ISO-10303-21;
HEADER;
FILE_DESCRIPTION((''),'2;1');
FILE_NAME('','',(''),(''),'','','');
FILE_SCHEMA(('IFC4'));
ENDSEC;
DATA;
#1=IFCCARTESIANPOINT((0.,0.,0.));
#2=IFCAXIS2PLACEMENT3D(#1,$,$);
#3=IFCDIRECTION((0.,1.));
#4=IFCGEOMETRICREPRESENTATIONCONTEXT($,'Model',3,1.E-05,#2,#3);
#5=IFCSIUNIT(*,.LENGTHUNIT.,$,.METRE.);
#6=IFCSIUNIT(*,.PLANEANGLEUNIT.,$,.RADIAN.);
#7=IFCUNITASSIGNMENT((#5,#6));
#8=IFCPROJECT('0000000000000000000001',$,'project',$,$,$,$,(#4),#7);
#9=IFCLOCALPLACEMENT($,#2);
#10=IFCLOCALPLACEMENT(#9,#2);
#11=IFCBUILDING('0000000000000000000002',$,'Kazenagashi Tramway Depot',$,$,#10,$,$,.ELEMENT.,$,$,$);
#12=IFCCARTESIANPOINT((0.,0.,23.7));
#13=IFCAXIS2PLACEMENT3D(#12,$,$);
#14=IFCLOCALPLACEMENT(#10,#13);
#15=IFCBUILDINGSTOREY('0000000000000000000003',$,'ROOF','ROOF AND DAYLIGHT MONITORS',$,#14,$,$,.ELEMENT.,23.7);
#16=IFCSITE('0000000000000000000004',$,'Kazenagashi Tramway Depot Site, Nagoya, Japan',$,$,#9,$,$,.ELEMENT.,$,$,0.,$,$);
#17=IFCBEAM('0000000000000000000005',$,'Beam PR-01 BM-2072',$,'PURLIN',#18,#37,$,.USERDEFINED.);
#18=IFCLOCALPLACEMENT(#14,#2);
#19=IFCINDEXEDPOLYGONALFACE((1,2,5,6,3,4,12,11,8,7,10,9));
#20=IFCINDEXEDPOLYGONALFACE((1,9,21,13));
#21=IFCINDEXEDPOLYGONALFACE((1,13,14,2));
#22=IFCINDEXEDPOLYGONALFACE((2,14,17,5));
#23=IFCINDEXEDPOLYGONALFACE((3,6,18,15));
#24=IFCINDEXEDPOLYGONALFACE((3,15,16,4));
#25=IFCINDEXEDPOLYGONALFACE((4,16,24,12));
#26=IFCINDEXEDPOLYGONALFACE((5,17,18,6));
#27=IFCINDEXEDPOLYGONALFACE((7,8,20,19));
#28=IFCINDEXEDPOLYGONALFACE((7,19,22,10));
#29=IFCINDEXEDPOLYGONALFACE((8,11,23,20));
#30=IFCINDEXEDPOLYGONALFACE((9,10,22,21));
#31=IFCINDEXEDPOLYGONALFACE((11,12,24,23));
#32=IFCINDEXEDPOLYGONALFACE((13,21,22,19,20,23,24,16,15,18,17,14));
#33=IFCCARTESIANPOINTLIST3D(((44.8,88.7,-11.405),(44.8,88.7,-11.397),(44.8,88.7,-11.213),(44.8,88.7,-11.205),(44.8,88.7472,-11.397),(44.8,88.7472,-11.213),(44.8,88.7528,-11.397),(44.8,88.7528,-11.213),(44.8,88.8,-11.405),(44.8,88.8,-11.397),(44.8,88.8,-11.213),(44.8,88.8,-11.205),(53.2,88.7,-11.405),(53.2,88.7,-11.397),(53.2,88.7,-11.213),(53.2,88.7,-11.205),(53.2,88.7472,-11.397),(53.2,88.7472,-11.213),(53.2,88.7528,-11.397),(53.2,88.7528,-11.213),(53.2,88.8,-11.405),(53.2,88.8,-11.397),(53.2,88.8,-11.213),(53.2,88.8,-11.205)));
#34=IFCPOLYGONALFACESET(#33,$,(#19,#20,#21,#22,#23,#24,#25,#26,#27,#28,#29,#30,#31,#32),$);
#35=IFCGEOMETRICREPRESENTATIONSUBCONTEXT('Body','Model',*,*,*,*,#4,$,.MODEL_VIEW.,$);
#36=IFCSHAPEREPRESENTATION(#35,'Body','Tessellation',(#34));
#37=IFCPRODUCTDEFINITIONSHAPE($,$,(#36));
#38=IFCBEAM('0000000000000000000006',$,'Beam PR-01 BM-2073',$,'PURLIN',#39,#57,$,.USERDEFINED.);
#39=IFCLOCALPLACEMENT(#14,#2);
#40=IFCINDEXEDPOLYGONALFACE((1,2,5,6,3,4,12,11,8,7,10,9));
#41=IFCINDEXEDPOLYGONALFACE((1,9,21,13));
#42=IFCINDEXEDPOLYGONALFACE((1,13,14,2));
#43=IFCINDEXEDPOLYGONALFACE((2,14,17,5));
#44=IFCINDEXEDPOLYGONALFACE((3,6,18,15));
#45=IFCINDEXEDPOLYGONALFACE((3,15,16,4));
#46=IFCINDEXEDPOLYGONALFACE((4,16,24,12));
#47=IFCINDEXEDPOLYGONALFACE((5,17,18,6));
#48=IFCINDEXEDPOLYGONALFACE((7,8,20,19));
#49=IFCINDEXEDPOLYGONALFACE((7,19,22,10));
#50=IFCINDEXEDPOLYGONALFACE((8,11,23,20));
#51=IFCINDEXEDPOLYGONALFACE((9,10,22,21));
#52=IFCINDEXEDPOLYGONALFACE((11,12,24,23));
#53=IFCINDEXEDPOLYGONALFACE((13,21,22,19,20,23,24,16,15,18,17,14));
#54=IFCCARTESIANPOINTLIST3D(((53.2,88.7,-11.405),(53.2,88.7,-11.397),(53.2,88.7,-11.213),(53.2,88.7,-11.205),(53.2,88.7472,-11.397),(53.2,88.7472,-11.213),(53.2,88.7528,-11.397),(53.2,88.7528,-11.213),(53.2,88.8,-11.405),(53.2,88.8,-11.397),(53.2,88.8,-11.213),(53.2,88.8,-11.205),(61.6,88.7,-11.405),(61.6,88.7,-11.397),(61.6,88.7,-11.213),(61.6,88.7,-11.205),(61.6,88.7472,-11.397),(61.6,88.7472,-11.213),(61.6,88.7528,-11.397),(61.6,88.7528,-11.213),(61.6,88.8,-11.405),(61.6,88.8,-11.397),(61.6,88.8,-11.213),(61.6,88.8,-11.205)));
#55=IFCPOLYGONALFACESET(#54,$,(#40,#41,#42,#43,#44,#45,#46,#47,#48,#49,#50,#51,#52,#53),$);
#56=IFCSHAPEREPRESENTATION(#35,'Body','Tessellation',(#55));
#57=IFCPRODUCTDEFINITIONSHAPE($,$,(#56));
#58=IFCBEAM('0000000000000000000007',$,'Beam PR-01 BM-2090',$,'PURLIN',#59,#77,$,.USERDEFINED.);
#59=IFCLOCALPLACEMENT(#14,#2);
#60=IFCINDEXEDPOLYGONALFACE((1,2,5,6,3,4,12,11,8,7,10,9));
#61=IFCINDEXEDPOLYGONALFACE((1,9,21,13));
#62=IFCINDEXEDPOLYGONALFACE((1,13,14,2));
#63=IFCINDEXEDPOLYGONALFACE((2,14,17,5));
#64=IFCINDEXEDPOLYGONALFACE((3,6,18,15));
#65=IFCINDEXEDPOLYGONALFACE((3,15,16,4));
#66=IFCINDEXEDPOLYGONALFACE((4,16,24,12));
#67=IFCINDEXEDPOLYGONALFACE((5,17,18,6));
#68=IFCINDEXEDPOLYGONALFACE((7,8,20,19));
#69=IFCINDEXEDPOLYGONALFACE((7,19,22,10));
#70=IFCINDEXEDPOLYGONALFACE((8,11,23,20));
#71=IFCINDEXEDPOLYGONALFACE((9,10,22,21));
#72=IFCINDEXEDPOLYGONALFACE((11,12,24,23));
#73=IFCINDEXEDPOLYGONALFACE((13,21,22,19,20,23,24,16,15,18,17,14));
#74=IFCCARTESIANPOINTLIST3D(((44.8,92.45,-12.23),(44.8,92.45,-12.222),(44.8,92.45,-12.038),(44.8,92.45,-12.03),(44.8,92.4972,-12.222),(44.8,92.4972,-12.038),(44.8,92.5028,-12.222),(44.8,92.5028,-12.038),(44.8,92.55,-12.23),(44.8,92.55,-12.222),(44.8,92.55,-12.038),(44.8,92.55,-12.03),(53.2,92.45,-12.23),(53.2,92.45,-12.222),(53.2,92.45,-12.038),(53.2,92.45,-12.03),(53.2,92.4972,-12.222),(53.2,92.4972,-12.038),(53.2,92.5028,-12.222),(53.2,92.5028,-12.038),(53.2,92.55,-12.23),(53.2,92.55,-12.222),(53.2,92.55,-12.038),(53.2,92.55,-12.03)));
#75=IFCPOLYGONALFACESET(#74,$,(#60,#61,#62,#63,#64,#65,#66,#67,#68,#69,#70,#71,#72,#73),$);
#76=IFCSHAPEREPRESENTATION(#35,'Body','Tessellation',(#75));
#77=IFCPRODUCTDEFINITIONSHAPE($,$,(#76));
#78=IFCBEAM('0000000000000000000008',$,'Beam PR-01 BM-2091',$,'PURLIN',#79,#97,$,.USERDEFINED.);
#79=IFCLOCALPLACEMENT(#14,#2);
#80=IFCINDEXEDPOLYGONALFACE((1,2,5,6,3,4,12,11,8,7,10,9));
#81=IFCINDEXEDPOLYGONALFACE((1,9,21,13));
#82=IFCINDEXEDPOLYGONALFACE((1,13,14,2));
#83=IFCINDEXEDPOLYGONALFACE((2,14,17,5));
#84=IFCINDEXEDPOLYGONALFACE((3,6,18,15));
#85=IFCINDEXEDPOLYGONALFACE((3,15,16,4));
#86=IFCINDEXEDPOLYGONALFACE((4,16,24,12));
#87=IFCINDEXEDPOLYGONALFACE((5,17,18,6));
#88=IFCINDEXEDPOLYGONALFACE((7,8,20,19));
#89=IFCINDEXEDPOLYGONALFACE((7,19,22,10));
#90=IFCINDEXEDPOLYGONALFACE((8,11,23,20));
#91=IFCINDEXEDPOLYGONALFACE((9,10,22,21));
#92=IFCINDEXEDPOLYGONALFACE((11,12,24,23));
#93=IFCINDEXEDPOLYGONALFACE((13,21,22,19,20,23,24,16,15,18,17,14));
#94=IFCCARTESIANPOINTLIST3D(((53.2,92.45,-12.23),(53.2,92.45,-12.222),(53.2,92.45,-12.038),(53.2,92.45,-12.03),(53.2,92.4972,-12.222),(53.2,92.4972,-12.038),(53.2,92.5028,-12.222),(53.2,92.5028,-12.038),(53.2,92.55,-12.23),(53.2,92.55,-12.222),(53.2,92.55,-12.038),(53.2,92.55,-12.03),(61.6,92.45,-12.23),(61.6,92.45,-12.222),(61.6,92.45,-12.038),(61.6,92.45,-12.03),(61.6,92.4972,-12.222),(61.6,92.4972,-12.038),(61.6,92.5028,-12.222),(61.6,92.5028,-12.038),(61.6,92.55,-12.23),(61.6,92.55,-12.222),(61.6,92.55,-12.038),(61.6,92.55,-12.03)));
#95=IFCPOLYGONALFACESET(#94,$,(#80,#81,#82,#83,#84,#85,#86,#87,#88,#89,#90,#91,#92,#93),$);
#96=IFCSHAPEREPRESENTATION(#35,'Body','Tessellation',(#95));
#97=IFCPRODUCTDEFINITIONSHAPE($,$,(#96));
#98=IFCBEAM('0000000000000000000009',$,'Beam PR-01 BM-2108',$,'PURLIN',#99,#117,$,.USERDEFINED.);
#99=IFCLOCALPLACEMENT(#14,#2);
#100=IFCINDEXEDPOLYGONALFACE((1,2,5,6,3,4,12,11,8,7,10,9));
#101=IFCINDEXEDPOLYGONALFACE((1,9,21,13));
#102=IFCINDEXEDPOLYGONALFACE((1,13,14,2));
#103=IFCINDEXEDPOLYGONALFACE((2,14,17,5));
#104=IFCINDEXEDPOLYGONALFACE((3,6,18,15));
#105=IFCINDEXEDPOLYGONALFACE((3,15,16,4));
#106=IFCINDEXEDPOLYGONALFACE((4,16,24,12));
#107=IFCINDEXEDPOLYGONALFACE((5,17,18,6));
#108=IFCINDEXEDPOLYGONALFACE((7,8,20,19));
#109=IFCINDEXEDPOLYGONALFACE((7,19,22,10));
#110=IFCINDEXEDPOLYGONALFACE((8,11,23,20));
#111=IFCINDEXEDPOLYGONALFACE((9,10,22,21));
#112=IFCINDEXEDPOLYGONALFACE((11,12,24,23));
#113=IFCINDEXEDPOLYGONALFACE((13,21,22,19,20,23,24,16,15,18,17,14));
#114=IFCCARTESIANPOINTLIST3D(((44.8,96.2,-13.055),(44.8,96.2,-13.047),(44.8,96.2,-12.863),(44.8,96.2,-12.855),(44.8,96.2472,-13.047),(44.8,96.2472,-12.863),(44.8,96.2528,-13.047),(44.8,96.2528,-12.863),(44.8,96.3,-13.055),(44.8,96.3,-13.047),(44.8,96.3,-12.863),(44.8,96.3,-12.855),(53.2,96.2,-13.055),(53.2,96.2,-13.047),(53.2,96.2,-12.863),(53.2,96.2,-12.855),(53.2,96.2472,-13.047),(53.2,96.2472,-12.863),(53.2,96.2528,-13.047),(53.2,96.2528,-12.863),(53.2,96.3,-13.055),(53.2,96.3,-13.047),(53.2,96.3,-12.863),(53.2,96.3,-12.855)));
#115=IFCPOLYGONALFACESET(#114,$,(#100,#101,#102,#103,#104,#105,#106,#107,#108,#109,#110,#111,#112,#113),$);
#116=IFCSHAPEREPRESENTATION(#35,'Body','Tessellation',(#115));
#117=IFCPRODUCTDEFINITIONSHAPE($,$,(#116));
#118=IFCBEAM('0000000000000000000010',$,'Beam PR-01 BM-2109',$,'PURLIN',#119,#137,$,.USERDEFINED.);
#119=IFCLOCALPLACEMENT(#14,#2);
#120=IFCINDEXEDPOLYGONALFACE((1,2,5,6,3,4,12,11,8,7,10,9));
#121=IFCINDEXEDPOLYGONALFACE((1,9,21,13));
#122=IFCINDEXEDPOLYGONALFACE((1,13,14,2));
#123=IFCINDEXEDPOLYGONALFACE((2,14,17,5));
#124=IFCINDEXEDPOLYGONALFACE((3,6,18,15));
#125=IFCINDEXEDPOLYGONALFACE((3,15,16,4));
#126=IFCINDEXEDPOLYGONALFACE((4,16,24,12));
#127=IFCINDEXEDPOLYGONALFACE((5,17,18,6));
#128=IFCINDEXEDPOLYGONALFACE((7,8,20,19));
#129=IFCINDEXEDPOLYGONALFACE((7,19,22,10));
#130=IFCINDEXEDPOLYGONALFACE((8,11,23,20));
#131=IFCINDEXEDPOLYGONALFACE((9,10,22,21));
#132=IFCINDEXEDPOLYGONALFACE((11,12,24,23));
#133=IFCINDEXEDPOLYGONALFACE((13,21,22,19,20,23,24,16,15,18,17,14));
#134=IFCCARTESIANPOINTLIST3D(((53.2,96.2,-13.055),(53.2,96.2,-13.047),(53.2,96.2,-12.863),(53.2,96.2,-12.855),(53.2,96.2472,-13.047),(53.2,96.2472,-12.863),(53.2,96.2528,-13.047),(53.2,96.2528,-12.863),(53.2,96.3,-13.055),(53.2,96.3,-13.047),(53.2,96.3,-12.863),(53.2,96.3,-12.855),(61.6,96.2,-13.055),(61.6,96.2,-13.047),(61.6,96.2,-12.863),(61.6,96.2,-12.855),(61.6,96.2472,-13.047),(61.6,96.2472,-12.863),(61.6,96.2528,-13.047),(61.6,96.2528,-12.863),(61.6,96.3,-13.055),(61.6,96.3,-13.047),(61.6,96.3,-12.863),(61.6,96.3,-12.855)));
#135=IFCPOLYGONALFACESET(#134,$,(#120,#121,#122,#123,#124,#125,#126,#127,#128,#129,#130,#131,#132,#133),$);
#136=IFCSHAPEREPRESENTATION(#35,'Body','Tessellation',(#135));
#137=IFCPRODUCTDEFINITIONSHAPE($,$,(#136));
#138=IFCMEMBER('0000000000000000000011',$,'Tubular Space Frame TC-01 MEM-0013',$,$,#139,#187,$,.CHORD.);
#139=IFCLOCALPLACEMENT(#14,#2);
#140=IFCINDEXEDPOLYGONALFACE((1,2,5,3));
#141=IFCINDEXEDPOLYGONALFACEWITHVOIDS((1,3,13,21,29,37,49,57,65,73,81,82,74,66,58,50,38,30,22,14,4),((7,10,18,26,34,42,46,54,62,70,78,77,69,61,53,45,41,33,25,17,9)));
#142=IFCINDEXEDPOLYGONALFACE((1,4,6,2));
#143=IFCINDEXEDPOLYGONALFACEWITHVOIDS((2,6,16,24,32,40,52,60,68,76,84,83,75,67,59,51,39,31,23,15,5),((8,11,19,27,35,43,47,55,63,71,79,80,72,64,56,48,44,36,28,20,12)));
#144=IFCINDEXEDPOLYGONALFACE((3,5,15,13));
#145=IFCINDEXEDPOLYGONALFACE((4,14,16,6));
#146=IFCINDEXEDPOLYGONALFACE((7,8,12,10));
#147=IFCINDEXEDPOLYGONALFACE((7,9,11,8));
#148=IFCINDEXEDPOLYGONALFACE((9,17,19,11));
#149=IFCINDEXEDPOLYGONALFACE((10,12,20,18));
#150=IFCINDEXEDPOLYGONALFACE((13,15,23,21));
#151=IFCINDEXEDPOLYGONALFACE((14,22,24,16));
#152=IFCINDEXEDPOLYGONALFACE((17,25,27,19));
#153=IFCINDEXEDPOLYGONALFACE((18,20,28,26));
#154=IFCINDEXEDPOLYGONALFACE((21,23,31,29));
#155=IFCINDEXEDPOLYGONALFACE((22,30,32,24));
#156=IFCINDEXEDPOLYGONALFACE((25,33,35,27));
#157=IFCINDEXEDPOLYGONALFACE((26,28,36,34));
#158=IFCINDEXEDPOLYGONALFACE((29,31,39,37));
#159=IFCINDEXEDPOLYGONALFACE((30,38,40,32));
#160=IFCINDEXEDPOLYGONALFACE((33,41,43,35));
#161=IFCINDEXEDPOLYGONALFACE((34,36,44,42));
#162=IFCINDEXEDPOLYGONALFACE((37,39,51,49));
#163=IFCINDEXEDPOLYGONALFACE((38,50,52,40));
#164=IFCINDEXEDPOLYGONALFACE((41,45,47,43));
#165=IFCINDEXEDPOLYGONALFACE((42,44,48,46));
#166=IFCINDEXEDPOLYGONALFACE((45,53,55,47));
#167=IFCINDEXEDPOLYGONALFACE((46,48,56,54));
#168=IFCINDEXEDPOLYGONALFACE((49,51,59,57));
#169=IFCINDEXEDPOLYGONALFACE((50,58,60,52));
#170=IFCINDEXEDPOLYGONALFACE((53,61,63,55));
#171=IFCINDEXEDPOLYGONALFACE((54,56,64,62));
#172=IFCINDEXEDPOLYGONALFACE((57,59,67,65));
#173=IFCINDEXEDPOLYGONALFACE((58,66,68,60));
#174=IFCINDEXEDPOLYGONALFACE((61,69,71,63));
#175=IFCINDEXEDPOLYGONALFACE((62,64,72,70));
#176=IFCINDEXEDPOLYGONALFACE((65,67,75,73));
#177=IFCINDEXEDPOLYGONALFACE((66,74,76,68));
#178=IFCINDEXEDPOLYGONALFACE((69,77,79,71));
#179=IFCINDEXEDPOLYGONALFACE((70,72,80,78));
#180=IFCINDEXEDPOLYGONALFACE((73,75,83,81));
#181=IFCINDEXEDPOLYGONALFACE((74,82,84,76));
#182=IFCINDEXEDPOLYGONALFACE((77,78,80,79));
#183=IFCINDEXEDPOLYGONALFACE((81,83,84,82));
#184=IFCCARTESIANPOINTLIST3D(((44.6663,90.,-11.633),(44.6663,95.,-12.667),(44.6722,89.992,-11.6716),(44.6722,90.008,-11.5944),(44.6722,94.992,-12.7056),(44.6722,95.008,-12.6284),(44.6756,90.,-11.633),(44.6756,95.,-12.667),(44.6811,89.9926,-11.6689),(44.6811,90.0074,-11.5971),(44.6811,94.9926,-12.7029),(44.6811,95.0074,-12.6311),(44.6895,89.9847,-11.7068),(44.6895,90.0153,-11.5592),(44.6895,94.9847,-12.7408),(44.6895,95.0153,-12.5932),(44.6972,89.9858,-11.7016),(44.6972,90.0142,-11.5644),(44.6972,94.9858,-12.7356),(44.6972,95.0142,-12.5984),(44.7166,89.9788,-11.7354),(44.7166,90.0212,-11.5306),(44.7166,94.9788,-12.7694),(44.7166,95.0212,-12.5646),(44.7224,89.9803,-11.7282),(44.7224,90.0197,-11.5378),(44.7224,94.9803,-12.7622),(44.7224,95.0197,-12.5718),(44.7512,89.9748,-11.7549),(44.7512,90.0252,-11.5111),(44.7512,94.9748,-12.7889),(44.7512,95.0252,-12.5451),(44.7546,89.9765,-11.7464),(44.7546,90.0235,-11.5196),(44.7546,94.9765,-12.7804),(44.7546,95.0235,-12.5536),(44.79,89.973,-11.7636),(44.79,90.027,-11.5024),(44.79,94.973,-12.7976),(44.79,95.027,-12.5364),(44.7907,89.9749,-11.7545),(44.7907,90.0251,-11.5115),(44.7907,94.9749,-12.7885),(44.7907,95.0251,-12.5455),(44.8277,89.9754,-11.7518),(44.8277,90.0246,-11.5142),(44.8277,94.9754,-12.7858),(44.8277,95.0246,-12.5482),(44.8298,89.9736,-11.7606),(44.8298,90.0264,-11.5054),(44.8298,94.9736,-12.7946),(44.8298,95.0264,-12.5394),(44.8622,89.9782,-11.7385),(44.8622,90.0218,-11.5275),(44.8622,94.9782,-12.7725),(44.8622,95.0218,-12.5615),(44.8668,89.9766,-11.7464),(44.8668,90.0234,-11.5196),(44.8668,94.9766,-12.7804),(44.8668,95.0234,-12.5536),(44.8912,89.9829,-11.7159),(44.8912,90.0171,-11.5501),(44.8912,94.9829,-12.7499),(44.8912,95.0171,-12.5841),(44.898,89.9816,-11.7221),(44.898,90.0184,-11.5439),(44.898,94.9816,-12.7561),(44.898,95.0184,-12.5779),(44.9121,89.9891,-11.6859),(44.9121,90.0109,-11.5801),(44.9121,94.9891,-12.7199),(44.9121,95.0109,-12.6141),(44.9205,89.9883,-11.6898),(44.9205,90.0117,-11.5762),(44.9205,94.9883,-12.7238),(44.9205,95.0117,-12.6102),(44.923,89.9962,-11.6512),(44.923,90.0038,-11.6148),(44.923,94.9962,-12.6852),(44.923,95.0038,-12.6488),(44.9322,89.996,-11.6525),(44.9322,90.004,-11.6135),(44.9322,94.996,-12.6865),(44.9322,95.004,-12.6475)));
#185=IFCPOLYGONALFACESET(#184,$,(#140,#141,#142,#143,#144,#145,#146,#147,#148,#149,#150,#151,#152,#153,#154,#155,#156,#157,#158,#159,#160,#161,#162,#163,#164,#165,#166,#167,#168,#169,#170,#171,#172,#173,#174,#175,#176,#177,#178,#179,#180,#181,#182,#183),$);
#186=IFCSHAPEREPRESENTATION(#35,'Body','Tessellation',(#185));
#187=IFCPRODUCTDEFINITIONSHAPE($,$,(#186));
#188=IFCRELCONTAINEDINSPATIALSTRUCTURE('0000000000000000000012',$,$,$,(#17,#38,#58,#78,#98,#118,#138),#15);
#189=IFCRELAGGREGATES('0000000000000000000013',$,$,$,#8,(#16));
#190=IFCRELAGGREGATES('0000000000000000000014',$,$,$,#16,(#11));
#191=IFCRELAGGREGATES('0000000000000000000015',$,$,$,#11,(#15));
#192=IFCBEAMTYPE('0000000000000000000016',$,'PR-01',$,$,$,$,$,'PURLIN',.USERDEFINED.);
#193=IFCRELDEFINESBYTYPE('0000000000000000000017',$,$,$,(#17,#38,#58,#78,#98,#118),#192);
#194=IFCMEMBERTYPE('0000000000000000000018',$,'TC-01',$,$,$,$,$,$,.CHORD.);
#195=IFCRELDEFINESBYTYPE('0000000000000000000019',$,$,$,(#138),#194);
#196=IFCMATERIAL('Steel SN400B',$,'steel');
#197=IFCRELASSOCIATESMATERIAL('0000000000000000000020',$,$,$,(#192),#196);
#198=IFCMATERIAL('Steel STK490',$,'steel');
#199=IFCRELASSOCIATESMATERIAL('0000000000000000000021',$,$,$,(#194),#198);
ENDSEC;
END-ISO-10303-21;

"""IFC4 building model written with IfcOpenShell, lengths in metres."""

from ifc_helpers import new_model, si_unit, direction, frame, origin, origin_2d, place, context, subcontext, project, spatial, hollow_circle, i_section, extrude, material, material_profile, profile_set, type_object, element, save


model = new_model("IFC4")

# Units and contexts
model_context = context("Model", 3, precision=1e-05, world=origin(), true_north=direction((0.0, 1.0)))
body_context = subcontext(model_context, "Body", "Model", "MODEL_VIEW")
ifc_project = project(units=[si_unit("LENGTHUNIT", "METRE"), si_unit("PLANEANGLEUNIT", "RADIAN")], contexts=[model_context])

# Site, building, storey
site_placement = place(None, origin())
site = spatial("IfcSite", under=ifc_project, at=site_placement, Name="Kazenagashi Tramway Depot Site, Nagoya, Japan", CompositionType="ELEMENT", RefElevation=0.0)
building_placement = place(site_placement, origin())
building = spatial("IfcBuilding", under=site, at=building_placement, Name="Kazenagashi Tramway Depot", CompositionType="ELEMENT")
storey_placement = place(building_placement, frame((0.0, 0.0, 23.7)))
storey = spatial("IfcBuildingStorey", under=building, at=storey_placement, Name="ROOF", Description="ROOF AND DAYLIGHT MONITORS", CompositionType="ELEMENT", Elevation=23.7)

# Beams
ifc_material_1 = material(Name="Steel SN400B", Category="steel")
ifc_material_profile_1 = material_profile(ifc_material_1, i_section(OverallWidth=0.1, OverallDepth=0.2, WebThickness=0.0055, FlangeThickness=0.008, at=origin_2d()), Name="H-200x100x5.5x8")
ifc_profile_set_1 = profile_set([ifc_material_profile_1], Name="Steel SN400B")
beam_type = type_object("IfcBeamType", Name="PR-01", ElementType="PURLIN", PredefinedType="USERDEFINED", material=ifc_profile_set_1)
for number, where, z_axis, x_axis, name in (
    (1, (44.8, 88.75, -11.305), (1.0, 0.0, 0.0), (0.0, 1.0, 0.0), "Beam PR-01 BM-2072"),
    (2, (53.2, 88.75, -11.305), (1.0, 0.0, 0.0), (0.0, 1.0, 0.0), "Beam PR-01 BM-2073"),
    (3, (44.8, 92.5, -12.13), (1.0, 0.0, 0.0), (0.0, 1.0, 0.0), "Beam PR-01 BM-2090"),
    (4, (53.2, 92.5, -12.13), (1.0, 0.0, 0.0), (0.0, 1.0, 0.0), "Beam PR-01 BM-2091"),
    (5, (44.8, 96.25, -12.955), (1.0, 0.0, 0.0), (0.0, 1.0, 0.0), "Beam PR-01 BM-2108"),
    (6, (53.2, 96.25, -12.955), (1.0, 0.0, 0.0), (0.0, 1.0, 0.0), "Beam PR-01 BM-2109"),
):
    element("IfcBeam", number, at=place(storey_placement, frame(where, z_axis=z_axis, x_axis=x_axis)), inside=storey, type_object=beam_type, Name=name, ObjectType="PURLIN", PredefinedType="USERDEFINED", context=body_context, shape_type="SweptSolid", body=[
        extrude(i_section(OverallWidth=0.1, OverallDepth=0.2, WebThickness=0.0055, FlangeThickness=0.008, at=origin_2d()), origin(), (0.0, 0.0, 1.0), 8.4),
    ])

# Member
ifc_material_2 = material(Name="Steel STK490", Category="steel")
ifc_material_profile_2 = material_profile(ifc_material_2, hollow_circle(Radius=0.1337, WallThickness=0.0093, at=origin_2d()), Name="CHS-267.4x9.3")
ifc_profile_set_2 = profile_set([ifc_material_profile_2], Name="Steel STK490")
member_type_1 = type_object("IfcMemberType", Name="TC-01", PredefinedType="CHORD", material=ifc_profile_set_2)
member_1_placement = place(storey_placement, frame((44.8, 90.0, -11.633), z_axis=(0.0, 0.979279, -0.202515), x_axis=(-1.0, 0.0, 0.0)))
element("IfcMember", 7, at=member_1_placement, inside=storey, type_object=member_type_1, Name="Tubular Space Frame TC-01 MEM-0013", PredefinedType="CHORD", context=body_context, shape_type="SweptSolid", body=[
    extrude(hollow_circle(Radius=0.1337, WallThickness=0.0093, at=origin_2d()), origin(), (0.0, 0.0, 1.0), 5.1058),
])

save(model, "model.ifc")
